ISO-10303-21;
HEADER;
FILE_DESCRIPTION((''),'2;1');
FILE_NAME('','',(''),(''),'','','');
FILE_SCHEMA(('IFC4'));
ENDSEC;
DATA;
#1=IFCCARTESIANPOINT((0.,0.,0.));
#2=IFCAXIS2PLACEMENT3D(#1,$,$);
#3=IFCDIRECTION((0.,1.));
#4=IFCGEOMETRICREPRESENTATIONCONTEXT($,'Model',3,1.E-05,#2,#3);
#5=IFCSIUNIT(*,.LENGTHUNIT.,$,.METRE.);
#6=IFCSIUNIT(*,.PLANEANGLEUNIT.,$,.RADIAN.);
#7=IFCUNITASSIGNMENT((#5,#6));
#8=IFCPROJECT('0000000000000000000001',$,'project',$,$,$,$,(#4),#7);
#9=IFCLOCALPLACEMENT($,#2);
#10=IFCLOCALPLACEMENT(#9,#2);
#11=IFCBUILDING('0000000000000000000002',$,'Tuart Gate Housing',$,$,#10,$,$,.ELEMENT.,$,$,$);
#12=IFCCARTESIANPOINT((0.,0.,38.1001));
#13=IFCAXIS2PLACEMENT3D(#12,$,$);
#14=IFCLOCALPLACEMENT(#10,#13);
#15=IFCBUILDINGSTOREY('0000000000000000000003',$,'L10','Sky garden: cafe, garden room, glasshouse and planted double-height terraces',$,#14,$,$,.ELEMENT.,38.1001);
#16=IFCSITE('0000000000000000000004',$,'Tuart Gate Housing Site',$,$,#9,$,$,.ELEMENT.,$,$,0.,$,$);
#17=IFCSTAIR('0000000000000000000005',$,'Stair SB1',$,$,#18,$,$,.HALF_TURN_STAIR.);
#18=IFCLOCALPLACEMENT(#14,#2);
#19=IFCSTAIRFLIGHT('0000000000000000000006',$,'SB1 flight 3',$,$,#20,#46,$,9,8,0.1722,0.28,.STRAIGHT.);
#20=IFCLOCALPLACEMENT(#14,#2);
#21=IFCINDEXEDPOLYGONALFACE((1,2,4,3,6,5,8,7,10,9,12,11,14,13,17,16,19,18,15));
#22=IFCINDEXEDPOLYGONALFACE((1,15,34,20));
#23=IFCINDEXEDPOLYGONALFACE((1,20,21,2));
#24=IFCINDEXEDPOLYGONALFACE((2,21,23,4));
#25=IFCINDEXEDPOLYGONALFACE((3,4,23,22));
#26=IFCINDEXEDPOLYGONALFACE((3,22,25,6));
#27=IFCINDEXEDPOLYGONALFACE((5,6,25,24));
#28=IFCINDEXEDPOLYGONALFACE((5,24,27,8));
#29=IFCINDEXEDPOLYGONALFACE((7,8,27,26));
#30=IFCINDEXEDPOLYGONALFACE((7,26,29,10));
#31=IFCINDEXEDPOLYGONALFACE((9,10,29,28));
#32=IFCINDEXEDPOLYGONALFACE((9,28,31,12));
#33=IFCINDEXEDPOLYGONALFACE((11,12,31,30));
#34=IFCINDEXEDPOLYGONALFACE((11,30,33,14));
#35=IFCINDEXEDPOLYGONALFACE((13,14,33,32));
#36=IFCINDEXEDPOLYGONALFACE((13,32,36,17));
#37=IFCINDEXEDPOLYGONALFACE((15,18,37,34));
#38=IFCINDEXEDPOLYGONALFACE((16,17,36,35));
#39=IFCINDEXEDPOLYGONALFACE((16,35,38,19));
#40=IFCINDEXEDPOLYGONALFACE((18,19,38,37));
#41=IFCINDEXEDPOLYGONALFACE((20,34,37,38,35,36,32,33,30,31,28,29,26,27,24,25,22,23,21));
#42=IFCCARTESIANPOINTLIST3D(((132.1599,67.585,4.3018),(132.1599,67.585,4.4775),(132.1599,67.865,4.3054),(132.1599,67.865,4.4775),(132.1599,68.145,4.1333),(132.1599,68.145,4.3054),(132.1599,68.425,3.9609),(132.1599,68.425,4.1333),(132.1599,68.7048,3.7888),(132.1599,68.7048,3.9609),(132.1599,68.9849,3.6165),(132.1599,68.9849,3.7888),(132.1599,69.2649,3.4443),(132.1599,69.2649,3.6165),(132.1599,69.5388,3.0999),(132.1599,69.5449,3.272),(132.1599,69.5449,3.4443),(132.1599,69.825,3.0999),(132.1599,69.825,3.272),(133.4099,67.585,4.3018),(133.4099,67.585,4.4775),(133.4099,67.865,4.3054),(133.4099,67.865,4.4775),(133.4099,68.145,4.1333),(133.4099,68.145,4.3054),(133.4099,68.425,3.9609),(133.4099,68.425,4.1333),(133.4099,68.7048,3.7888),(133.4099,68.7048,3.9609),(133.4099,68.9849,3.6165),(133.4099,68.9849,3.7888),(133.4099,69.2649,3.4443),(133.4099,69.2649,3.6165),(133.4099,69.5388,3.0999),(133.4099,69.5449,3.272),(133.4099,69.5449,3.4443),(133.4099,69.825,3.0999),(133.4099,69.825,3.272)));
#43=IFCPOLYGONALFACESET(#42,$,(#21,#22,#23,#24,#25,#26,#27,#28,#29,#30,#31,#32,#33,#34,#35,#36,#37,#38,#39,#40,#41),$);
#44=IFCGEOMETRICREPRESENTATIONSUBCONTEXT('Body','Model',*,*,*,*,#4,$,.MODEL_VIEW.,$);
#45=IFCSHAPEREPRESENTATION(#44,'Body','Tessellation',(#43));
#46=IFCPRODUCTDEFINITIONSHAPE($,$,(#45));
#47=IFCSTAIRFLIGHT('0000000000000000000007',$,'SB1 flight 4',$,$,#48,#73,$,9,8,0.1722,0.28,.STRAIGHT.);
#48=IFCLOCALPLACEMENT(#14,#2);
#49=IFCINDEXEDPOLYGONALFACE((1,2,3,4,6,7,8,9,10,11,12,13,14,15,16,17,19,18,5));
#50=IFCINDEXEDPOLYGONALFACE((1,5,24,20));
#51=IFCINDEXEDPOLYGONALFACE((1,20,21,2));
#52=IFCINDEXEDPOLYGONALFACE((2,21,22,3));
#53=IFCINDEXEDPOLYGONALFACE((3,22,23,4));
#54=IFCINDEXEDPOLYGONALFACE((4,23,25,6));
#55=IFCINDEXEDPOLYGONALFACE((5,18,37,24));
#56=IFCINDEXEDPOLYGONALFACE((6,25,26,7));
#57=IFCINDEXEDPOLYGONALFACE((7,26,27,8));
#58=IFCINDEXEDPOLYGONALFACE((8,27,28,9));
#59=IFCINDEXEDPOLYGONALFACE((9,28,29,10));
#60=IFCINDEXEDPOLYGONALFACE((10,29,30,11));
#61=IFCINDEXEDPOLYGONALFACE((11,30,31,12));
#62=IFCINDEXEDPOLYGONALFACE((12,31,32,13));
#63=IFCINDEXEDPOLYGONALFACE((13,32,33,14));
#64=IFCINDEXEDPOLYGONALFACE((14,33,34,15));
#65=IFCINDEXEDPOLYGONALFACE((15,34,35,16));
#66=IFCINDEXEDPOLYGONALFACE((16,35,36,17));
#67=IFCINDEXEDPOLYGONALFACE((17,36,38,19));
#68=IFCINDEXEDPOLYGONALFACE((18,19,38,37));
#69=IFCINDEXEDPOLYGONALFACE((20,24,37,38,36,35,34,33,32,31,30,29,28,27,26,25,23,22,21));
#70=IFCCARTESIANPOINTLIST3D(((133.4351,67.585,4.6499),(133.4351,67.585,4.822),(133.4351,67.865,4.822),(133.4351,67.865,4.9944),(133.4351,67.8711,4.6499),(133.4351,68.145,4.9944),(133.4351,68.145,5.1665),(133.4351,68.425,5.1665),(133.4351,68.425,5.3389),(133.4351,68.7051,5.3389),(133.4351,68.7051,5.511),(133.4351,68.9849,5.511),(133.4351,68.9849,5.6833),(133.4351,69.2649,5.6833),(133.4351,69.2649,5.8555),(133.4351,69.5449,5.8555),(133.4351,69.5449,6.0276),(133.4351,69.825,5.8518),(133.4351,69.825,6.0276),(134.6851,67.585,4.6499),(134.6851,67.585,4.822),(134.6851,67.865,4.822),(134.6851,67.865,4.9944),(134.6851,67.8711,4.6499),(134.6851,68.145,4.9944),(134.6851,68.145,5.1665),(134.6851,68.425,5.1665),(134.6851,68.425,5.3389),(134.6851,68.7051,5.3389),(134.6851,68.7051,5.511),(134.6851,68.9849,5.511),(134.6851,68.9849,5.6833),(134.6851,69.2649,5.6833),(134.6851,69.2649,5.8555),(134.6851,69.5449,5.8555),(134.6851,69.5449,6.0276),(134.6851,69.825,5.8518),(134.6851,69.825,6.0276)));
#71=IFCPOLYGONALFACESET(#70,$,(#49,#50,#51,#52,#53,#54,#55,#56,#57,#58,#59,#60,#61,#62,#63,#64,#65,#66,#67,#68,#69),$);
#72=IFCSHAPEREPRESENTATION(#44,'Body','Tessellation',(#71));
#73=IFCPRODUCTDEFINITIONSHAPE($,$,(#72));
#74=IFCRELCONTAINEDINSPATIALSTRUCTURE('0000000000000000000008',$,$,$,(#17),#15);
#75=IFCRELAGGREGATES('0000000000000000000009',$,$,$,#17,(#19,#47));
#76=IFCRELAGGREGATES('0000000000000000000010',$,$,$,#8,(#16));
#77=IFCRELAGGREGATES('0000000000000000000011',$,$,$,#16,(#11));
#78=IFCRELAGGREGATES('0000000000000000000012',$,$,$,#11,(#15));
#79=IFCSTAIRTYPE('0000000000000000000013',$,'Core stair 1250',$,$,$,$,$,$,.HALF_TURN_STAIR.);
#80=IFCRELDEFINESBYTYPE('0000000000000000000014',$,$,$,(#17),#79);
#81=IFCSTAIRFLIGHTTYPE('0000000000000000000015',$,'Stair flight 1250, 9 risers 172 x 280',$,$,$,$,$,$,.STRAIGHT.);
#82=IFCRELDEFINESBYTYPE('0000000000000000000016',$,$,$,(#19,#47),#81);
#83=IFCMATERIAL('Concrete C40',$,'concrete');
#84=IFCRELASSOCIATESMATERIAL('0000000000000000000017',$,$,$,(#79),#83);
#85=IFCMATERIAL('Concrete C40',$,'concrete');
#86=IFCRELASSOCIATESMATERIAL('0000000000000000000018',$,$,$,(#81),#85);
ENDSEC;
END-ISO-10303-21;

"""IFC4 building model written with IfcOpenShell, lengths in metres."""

from ifc_helpers import new_model, si_unit, direction, frame, origin, place, context, subcontext, project, spatial, polyline, outline, extrude, material, type_object, element, aggregate, save


model = new_model("IFC4")

# Units and contexts
model_context = context("Model", 3, precision=1e-05, world=origin(), true_north=direction((0.0, 1.0)))
body_context = subcontext(model_context, "Body", "Model", "MODEL_VIEW")
ifc_project = project(units=[si_unit("LENGTHUNIT", "METRE"), si_unit("PLANEANGLEUNIT", "RADIAN")], contexts=[model_context])

# Site, building, storey
site_placement = place(None, origin())
site = spatial("IfcSite", under=ifc_project, at=site_placement, Name="Tuart Gate Housing Site", CompositionType="ELEMENT", RefElevation=0.0)
building_placement = place(site_placement, origin())
building = spatial("IfcBuilding", under=site, at=building_placement, Name="Tuart Gate Housing", CompositionType="ELEMENT")
storey_placement = place(building_placement, frame((0.0, 0.0, 38.1001)))
storey = spatial("IfcBuildingStorey", under=building, at=storey_placement, Name="L10", Description="Sky garden: cafe, garden room, glasshouse and planted double-height terraces", CompositionType="ELEMENT", Elevation=38.1001)

# Stair, stair flights
ifc_material_1 = material(Name="Concrete C40", Category="concrete")
stair_type = type_object("IfcStairType", Name="Core stair 1250", PredefinedType="HALF_TURN_STAIR", material=ifc_material_1)
stair_placement = place(storey_placement, origin())
stair = element("IfcStair", 1, at=stair_placement, inside=storey, type_object=stair_type, Name="Stair SB1", PredefinedType="HALF_TURN_STAIR")
ifc_material_2 = material(Name="Concrete C40", Category="concrete")
stair_flight_type = type_object("IfcStairFlightType", Name="Stair flight 1250, 9 risers 172 x 280", PredefinedType="STRAIGHT", material=ifc_material_2)
stair_flight_1_placement = place(storey_placement, frame((132.7849, 69.825, 3.0999), z_axis=(0.0, 0.0, 1.0), x_axis=(0.0, -1.0, 0.0)))
stair_flight_1 = element("IfcStairFlight", 2, at=stair_flight_1_placement, type_object=stair_flight_type, Name="SB1 flight 3", NumberOfRisers=9, NumberOfTreads=8, PredefinedType="STRAIGHT", RiserHeight=0.1722, TreadLength=0.28, context=body_context, shape_type="SweptSolid", body=[
    extrude(outline(polyline([(0.0, 0.0), (0.0, 0.1721), (0.28, 0.1721), (0.28, 0.3445), (0.5601, 0.3445), (0.5601, 0.5166), (0.8401, 0.5166), (0.8401, 0.689), (1.1201, 0.689), (1.1201, 0.8611), (1.3999, 0.8611), (1.3999, 1.0334), (1.6799, 1.0334), (1.6799, 1.2056), (1.96, 1.2056), (1.96, 1.3777), (2.24, 1.3777), (2.24, 1.55), (2.24, 1.2019), (0.2861, 0.0), (0.0, 0.0)])), frame((0.0, 0.625, 0.0), z_axis=(0.0, -1.0, 0.0), x_axis=(1.0, 0.0, 0.0)), (0.0, 0.0, 1.0), 1.25),
])
stair_flight_2_placement = place(storey_placement, frame((134.0601, 67.585, 4.6499), z_axis=(0.0, 0.0, 1.0), x_axis=(0.0, 1.0, 0.0)))
stair_flight_2 = element("IfcStairFlight", 3, at=stair_flight_2_placement, type_object=stair_flight_type, Name="SB1 flight 4", NumberOfRisers=9, NumberOfTreads=8, PredefinedType="STRAIGHT", RiserHeight=0.1722, TreadLength=0.28, context=body_context, shape_type="SweptSolid", body=[
    extrude(outline(polyline([(0.0, 0.0), (0.0, 0.1721), (0.28, 0.1721), (0.28, 0.3445), (0.5601, 0.3445), (0.5601, 0.5166), (0.8401, 0.5166), (0.8401, 0.689), (1.1201, 0.689), (1.1201, 0.8611), (1.3999, 0.8611), (1.3999, 1.0334), (1.6799, 1.0334), (1.6799, 1.2056), (1.96, 1.2056), (1.96, 1.3777), (2.24, 1.3777), (2.24, 1.55), (2.24, 1.2019), (0.2861, 0.0), (0.0, 0.0)])), frame((0.0, 0.625, 0.0), z_axis=(0.0, -1.0, 0.0), x_axis=(1.0, 0.0, 0.0)), (0.0, 0.0, 1.0), 1.25),
])
aggregate(stair, [stair_flight_1, stair_flight_2])

save(model, "model.ifc")
